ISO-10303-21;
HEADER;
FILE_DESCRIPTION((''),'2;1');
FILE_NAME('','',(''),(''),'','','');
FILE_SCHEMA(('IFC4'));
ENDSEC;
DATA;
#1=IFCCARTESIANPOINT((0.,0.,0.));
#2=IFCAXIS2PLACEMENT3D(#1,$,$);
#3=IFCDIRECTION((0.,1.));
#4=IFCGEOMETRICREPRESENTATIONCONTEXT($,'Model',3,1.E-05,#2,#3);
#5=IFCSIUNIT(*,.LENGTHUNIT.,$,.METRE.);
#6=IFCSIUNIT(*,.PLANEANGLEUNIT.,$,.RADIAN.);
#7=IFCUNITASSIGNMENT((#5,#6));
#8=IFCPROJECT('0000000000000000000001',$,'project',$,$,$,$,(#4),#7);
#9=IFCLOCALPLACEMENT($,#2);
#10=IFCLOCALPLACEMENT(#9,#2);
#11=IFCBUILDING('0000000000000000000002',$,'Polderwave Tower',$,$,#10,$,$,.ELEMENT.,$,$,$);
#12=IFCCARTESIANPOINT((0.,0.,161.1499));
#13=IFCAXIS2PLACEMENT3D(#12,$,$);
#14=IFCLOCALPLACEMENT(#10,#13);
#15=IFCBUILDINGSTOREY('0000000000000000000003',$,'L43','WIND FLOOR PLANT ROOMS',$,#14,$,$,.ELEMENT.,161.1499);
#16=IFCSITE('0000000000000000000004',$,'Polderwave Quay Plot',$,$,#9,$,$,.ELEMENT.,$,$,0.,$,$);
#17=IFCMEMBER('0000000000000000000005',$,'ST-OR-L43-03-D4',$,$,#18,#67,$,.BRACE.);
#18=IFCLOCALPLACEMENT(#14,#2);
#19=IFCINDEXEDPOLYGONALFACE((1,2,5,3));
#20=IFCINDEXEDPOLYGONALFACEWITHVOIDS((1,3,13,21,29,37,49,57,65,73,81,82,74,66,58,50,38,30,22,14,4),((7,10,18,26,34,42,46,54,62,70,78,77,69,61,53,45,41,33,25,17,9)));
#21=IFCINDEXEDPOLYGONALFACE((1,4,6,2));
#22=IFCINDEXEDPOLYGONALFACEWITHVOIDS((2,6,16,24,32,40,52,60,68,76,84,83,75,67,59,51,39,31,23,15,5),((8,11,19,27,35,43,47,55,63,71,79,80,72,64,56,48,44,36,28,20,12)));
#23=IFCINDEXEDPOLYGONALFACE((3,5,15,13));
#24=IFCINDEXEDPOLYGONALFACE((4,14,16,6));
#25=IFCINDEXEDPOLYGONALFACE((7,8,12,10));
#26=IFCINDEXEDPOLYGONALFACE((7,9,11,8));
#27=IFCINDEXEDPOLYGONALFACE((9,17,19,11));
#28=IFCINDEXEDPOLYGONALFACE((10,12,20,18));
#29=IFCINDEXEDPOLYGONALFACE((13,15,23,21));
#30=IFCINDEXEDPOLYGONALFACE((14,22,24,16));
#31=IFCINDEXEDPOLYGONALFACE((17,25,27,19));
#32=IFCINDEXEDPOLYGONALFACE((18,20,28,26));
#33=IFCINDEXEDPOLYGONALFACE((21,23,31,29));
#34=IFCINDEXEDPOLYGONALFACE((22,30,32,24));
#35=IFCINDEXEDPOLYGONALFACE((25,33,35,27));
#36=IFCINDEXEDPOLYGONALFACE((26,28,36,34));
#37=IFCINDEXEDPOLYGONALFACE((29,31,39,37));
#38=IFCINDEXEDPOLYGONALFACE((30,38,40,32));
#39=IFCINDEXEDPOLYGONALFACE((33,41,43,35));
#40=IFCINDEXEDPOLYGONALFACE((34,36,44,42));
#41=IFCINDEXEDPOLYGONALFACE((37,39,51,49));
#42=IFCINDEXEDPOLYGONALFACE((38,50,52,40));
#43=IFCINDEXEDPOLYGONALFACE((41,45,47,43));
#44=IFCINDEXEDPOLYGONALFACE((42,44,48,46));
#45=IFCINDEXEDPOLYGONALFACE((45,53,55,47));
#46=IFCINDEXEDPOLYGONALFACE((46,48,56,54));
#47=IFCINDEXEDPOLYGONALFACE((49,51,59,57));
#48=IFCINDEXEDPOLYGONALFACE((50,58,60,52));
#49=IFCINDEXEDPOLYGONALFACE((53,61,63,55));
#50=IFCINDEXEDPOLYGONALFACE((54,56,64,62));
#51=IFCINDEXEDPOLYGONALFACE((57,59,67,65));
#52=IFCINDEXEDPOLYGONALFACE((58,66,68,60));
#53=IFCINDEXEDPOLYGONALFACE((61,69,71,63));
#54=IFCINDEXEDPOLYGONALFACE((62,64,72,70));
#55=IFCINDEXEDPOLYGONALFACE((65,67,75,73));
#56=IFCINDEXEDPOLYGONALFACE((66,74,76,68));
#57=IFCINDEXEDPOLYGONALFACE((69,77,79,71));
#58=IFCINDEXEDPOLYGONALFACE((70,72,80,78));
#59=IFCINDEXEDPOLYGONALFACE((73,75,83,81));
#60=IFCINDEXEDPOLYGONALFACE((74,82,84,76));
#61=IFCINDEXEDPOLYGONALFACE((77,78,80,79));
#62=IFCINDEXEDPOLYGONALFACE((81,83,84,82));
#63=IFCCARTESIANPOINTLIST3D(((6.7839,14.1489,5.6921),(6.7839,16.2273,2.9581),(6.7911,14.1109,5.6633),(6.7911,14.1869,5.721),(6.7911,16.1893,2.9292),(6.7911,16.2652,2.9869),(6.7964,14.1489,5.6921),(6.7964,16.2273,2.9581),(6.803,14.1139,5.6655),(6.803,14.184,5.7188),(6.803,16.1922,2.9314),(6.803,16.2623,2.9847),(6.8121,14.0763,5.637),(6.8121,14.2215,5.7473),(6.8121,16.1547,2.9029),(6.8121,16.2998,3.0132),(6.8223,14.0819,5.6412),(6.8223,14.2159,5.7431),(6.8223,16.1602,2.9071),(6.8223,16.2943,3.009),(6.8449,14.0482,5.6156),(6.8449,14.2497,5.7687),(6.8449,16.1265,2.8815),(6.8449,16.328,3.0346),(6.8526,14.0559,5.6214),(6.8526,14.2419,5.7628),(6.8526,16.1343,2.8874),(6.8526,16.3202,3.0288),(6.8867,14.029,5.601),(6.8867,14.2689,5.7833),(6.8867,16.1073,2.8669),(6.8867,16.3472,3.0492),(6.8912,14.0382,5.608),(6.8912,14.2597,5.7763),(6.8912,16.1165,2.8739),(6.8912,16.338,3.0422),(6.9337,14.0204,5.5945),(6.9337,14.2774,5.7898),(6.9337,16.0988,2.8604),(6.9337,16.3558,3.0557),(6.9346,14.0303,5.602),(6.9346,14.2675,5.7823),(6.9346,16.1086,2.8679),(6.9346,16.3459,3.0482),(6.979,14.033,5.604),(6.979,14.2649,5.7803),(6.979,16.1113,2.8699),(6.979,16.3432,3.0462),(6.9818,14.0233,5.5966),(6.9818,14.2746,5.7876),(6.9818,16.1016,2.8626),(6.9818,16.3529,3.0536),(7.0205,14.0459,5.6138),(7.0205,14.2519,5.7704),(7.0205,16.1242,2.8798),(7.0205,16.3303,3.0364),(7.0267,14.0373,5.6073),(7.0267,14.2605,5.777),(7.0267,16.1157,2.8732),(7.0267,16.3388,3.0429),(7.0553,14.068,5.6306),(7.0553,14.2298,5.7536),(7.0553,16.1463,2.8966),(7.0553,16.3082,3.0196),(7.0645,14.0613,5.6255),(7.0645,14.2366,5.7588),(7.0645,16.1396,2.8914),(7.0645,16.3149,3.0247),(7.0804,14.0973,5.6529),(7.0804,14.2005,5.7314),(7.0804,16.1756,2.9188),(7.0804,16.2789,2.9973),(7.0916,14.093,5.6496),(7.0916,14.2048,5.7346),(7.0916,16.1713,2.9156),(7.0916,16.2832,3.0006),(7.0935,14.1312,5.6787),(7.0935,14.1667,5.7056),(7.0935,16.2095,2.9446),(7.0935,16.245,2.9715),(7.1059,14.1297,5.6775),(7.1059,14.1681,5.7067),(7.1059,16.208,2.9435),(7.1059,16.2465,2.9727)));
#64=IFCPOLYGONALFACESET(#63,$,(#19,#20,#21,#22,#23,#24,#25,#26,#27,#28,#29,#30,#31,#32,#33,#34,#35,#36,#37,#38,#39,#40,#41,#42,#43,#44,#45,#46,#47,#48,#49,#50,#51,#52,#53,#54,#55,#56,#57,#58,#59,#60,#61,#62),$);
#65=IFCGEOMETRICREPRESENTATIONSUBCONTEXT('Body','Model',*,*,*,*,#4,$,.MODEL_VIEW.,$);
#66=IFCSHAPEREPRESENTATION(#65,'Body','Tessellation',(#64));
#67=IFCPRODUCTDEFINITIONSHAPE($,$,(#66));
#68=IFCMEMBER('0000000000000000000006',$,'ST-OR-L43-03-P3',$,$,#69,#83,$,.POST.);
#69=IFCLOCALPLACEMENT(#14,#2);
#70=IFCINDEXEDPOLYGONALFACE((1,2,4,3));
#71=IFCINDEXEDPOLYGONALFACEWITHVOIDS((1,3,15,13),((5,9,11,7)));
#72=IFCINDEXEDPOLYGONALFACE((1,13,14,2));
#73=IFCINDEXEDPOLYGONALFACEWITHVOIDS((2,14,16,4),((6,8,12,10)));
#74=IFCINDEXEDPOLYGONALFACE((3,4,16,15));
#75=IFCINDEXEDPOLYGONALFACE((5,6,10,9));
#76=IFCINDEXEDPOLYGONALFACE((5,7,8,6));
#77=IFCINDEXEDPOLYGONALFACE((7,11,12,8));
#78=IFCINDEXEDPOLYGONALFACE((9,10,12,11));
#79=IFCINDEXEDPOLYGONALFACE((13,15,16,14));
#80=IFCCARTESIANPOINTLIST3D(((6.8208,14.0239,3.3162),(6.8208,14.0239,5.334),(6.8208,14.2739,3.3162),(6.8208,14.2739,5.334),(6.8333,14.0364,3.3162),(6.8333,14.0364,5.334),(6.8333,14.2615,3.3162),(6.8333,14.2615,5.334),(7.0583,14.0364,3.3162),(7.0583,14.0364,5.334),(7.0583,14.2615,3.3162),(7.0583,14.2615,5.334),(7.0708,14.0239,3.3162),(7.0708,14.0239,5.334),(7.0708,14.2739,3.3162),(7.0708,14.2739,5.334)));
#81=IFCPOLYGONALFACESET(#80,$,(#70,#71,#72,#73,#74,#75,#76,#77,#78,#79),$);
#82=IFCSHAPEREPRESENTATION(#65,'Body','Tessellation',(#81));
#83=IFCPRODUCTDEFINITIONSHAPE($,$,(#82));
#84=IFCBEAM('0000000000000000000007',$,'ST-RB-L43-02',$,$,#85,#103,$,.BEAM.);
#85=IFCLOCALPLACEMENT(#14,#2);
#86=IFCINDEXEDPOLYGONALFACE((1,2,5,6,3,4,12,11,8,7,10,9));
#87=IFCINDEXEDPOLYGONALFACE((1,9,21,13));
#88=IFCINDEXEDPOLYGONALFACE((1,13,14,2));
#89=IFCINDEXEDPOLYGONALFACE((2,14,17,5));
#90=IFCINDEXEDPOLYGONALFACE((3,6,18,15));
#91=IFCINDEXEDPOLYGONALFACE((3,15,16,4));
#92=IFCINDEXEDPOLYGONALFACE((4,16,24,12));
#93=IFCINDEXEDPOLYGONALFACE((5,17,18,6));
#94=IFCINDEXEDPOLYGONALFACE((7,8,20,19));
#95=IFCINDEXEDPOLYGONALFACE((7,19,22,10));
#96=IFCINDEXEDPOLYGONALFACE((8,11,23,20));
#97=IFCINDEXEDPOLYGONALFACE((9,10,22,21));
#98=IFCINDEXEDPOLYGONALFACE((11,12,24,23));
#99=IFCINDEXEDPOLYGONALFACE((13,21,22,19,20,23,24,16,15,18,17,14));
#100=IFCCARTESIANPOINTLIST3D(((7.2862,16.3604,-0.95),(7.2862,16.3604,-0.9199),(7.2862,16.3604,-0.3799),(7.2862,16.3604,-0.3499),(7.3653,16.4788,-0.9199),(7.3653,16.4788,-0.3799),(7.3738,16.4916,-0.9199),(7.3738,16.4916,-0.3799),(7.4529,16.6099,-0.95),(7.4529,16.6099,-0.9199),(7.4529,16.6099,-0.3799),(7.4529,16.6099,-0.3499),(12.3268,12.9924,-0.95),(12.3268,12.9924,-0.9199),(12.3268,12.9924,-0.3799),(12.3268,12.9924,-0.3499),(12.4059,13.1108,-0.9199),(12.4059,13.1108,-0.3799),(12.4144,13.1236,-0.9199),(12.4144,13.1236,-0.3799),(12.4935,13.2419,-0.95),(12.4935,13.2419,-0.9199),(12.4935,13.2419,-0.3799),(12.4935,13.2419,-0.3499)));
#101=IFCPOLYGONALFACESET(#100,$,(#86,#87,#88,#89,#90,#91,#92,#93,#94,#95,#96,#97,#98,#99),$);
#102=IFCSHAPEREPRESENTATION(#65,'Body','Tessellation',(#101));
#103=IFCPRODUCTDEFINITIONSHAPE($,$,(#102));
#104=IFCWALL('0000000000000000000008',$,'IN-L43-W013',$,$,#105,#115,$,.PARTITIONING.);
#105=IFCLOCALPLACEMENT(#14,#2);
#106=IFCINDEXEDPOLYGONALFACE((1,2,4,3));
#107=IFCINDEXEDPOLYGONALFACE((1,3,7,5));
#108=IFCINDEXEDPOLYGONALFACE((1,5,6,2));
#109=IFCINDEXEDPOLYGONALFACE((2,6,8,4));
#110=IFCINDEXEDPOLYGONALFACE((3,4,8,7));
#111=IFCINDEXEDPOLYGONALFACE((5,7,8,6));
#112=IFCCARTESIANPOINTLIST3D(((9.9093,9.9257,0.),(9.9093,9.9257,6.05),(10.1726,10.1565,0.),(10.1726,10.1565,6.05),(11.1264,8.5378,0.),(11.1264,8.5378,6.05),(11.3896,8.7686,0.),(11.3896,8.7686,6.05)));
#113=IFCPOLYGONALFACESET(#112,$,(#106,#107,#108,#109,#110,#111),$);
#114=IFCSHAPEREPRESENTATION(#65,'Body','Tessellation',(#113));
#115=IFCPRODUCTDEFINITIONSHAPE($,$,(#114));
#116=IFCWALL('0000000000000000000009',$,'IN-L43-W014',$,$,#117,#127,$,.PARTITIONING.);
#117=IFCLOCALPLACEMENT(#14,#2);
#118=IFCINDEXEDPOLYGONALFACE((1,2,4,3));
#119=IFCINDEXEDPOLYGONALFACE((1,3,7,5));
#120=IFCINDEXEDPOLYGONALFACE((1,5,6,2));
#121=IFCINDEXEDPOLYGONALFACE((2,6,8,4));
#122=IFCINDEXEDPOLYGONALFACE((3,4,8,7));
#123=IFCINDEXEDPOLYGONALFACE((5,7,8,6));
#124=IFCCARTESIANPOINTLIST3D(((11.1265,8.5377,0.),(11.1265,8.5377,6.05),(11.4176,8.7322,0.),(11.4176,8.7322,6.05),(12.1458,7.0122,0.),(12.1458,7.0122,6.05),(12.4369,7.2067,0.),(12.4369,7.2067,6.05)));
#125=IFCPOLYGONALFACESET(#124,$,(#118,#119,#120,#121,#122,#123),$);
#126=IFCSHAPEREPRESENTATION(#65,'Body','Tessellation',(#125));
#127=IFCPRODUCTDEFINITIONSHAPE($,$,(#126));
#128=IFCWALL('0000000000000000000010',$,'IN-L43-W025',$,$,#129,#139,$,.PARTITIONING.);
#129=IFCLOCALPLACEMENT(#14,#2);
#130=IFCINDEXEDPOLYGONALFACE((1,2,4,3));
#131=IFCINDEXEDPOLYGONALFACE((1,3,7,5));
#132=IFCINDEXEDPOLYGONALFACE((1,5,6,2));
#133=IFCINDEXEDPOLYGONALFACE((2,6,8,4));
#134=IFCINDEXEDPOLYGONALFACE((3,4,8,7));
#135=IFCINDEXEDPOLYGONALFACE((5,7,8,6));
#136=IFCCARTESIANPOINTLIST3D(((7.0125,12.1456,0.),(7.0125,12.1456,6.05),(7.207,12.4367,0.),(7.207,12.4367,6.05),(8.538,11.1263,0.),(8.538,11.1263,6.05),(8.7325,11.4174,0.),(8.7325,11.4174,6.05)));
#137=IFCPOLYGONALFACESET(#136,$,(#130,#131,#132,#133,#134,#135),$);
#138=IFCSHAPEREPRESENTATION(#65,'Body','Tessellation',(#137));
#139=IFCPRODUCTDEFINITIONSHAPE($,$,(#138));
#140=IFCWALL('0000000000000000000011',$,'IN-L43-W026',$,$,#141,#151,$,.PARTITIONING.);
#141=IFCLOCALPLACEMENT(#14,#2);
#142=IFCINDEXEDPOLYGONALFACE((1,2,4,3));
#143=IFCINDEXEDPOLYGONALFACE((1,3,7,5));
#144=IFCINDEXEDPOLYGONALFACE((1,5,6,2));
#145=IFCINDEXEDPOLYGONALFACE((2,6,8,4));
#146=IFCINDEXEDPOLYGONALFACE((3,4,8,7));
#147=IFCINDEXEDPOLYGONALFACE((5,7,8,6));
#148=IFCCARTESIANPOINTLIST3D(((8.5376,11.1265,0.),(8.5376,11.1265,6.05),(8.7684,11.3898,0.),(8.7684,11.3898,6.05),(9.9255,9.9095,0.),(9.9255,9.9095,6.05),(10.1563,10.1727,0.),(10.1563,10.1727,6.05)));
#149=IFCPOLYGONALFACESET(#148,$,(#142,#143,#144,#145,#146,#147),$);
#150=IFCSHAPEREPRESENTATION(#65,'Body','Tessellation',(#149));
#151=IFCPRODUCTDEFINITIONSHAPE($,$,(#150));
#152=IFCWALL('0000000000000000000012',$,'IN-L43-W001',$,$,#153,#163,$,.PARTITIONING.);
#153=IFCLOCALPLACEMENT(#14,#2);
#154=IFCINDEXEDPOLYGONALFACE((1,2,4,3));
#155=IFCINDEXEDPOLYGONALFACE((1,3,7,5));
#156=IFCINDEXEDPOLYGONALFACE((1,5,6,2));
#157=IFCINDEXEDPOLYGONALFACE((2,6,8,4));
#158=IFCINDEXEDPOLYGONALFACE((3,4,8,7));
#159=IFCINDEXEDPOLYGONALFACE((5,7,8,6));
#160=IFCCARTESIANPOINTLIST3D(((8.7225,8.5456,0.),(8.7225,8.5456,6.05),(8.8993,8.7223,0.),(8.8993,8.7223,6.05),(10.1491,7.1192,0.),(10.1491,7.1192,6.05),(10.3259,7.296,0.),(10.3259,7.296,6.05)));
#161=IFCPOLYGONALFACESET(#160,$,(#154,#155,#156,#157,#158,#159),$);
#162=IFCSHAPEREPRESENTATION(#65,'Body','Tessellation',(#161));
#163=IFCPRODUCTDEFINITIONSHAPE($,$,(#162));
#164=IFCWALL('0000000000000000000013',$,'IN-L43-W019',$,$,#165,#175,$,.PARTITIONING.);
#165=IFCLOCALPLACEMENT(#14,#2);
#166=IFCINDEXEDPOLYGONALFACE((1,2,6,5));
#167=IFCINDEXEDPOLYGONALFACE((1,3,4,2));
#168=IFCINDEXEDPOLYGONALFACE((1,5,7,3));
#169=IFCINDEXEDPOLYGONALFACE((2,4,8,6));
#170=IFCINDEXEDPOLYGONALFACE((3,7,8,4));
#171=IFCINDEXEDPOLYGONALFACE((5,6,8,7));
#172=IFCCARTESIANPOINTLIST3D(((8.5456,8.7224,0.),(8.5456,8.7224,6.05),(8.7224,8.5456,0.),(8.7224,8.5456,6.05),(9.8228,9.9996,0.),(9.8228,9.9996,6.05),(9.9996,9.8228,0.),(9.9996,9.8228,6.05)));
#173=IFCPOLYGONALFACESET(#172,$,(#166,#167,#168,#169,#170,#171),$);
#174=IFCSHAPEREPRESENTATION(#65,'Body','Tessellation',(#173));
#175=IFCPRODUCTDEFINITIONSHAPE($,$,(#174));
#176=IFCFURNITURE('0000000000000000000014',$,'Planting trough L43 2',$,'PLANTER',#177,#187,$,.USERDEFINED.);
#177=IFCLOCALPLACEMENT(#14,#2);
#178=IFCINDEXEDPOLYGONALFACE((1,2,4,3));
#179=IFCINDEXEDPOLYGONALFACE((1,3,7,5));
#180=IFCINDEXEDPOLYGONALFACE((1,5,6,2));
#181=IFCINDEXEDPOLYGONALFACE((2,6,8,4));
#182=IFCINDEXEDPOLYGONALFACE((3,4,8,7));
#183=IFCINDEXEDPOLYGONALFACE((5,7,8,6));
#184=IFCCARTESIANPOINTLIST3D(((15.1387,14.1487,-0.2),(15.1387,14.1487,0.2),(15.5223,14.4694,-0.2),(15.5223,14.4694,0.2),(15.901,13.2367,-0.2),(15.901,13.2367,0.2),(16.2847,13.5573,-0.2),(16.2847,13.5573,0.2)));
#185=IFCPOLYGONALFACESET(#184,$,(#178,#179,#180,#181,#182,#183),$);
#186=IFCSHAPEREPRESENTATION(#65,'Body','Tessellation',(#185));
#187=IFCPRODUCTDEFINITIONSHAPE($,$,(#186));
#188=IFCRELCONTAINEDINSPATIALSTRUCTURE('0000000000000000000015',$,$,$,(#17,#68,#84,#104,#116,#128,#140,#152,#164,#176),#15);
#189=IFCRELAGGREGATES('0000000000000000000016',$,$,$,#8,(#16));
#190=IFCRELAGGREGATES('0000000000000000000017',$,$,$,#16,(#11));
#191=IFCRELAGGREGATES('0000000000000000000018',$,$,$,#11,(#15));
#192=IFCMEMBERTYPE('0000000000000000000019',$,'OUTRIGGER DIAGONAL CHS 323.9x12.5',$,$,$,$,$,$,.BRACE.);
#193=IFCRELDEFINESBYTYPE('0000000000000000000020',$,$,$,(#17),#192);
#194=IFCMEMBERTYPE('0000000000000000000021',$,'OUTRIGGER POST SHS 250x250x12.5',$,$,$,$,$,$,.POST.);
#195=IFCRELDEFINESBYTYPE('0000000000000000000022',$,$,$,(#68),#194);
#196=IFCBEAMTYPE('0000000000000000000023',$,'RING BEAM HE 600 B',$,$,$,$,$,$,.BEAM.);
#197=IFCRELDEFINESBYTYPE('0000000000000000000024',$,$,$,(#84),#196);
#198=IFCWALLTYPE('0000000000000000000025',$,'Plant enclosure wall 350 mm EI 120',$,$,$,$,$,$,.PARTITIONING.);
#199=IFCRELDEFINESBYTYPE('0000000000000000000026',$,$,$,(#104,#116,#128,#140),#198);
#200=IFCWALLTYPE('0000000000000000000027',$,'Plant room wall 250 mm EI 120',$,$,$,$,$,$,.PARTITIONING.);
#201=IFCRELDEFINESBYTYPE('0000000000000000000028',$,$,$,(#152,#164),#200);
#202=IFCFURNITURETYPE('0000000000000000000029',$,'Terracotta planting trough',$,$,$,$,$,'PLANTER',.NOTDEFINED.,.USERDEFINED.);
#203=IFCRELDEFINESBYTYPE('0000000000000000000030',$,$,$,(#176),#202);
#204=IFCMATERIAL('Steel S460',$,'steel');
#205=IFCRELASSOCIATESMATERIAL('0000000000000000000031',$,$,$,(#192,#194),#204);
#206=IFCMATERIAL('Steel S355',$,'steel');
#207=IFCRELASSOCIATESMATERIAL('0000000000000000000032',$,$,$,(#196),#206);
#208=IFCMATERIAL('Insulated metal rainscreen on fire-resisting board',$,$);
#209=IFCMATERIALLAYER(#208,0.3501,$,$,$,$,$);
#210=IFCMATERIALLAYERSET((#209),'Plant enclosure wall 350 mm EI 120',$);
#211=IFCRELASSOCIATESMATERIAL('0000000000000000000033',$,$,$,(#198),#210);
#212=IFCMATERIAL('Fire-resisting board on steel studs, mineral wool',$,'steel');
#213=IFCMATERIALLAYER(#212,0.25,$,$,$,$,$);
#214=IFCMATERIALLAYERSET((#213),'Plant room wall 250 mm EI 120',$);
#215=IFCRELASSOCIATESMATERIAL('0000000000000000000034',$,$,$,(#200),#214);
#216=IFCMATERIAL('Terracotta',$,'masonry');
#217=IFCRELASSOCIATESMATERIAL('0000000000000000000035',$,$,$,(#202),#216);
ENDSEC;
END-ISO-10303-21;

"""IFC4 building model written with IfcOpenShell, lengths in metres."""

from ifc_helpers import new_model, si_unit, direction, frame, frame_2d, origin, origin_2d, place, context, subcontext, project, spatial, rectangle, hollow_rectangle, hollow_circle, i_section, extrude, material, layer, layer_set, material_profile, profile_set, type_object, element, save


model = new_model("IFC4")

# Units and contexts
model_context = context("Model", 3, precision=1e-05, world=origin(), true_north=direction((0.0, 1.0)))
body_context = subcontext(model_context, "Body", "Model", "MODEL_VIEW")
ifc_project = project(units=[si_unit("LENGTHUNIT", "METRE"), si_unit("PLANEANGLEUNIT", "RADIAN")], contexts=[model_context])

# Site, building, storey
site_placement = place(None, origin())
site = spatial("IfcSite", under=ifc_project, at=site_placement, Name="Polderwave Quay Plot", CompositionType="ELEMENT", RefElevation=0.0)
building_placement = place(site_placement, origin())
building = spatial("IfcBuilding", under=site, at=building_placement, Name="Polderwave Tower", CompositionType="ELEMENT")
storey_placement = place(building_placement, frame((0.0, 0.0, 161.1499)))
storey = spatial("IfcBuildingStorey", under=building, at=storey_placement, Name="L43", Description="WIND FLOOR PLANT ROOMS", CompositionType="ELEMENT", Elevation=161.1499)

# Members
ifc_material_1 = material(Name="Steel S460", Category="steel")
ifc_material_profile_1 = material_profile(ifc_material_1, hollow_circle(Radius=0.1619, WallThickness=0.0125, at=origin_2d()), Name="CHS 323.9x12.5")
ifc_profile_set_1 = profile_set([ifc_material_profile_1], Name="Steel S460")
member_type_1 = type_object("IfcMemberType", Name="OUTRIGGER DIAGONAL CHS 323.9x12.5", PredefinedType="BRACE", material=ifc_profile_set_1)
member_1_placement = place(storey_placement, frame((6.9458, 14.1489, 5.6921), z_axis=(0.0, 0.605163, -0.796102), x_axis=(-1.0, 0.0, 0.0)))
element("IfcMember", 1, at=member_1_placement, inside=storey, type_object=member_type_1, Name="ST-OR-L43-03-D4", PredefinedType="BRACE", context=body_context, shape_type="SweptSolid", body=[
    extrude(hollow_circle(Radius=0.1619, WallThickness=0.0125, at=origin_2d()), origin(), (0.0, 0.0, 1.0), 3.4343),
])
ifc_material_profile_2 = material_profile(ifc_material_1, hollow_rectangle(XDim=0.25, YDim=0.25, WallThickness=0.0125, at=origin_2d()), Name="SHS 250x250x12.5")
ifc_profile_set_2 = profile_set([ifc_material_profile_2], Name="Steel S460")
member_type_2 = type_object("IfcMemberType", Name="OUTRIGGER POST SHS 250x250x12.5", PredefinedType="POST", material=ifc_profile_set_2)
member_2_placement = place(storey_placement, frame((6.9458, 14.1489, 3.3162), z_axis=(0.0, 0.0, 1.0), x_axis=(1.0, 0.0, 0.0)))
element("IfcMember", 2, at=member_2_placement, inside=storey, type_object=member_type_2, Name="ST-OR-L43-03-P3", PredefinedType="POST", context=body_context, shape_type="SweptSolid", body=[
    extrude(hollow_rectangle(XDim=0.25, YDim=0.25, WallThickness=0.0125, at=origin_2d()), origin(), (0.0, 0.0, 1.0), 2.0178),
])

# Beam
ifc_material_2 = material(Name="Steel S355", Category="steel")
ifc_material_profile_3 = material_profile(ifc_material_2, i_section(OverallWidth=0.3, OverallDepth=0.6001, WebThickness=0.0154, FlangeThickness=0.03, at=origin_2d()), Name="HE 600 B")
ifc_profile_set_3 = profile_set([ifc_material_profile_3], Name="Steel S355")
beam_type = type_object("IfcBeamType", Name="RING BEAM HE 600 B", PredefinedType="BEAM", material=ifc_profile_set_3)
beam_placement = place(storey_placement, frame((12.4102, 13.1172, -0.6499), z_axis=(-0.831474, 0.555564, 0.0), x_axis=(-0.555564, -0.831474, 0.0)))
element("IfcBeam", 3, at=beam_placement, inside=storey, type_object=beam_type, Name="ST-RB-L43-02", PredefinedType="BEAM", context=body_context, shape_type="SweptSolid", body=[
    extrude(i_section(OverallWidth=0.3, OverallDepth=0.6001, WebThickness=0.0154, FlangeThickness=0.03, at=origin_2d()), origin(), (0.0, 0.0, 1.0), 6.0623),
])

# Walls
ifc_material_3 = material(Name="Insulated metal rainscreen on fire-resisting board")
ifc_layer_1 = layer(ifc_material_3, 0.3501)
ifc_layer_set_1 = layer_set([ifc_layer_1], Name="Plant enclosure wall 350 mm EI 120")
wall_type_1 = type_object("IfcWallType", Name="Plant enclosure wall 350 mm EI 120", PredefinedType="PARTITIONING", material=ifc_layer_set_1)
wall_1_placement = place(storey_placement, frame((10.041, 10.041, 0.0), z_axis=(0.0, 0.0, 1.0), x_axis=(0.6593, -0.75188, 0.0)))
element("IfcWall", 4, at=wall_1_placement, inside=storey, type_object=wall_type_1, Name="IN-L43-W013", PredefinedType="PARTITIONING", context=body_context, shape_type="SweptSolid", body=[
    extrude(rectangle(XDim=1.8459, YDim=0.3501, at=frame_2d((0.9229, 0.0))), origin(), (0.0, 0.0, 1.0), 6.05),
])
for number, where, z_axis, x_axis, name in (
    (5, (11.272, 8.635, 0.0), (0.0, 0.0, 1.0), (0.55559, -0.831456, 0.0), "IN-L43-W014"),
    (6, (7.1096, 12.2913, 0.0), (0.0, 0.0, 1.0), (0.831456, -0.55559, 0.0), "IN-L43-W025"),
):
    element("IfcWall", number, at=place(storey_placement, frame(where, z_axis=z_axis, x_axis=x_axis)), inside=storey, type_object=wall_type_1, Name=name, PredefinedType="PARTITIONING", context=body_context, shape_type="SweptSolid", body=[
        extrude(rectangle(XDim=1.8347, YDim=0.3501, at=frame_2d((0.9175, 0.0))), origin(), (0.0, 0.0, 1.0), 6.05),
    ])
wall_2_placement = place(storey_placement, frame((8.6531, 11.2581, 0.0), z_axis=(0.0, 0.0, 1.0), x_axis=(0.75188, -0.6593, 0.0)))
element("IfcWall", 7, at=wall_2_placement, inside=storey, type_object=wall_type_1, Name="IN-L43-W026", PredefinedType="PARTITIONING", context=body_context, shape_type="SweptSolid", body=[
    extrude(rectangle(XDim=1.8459, YDim=0.3501, at=frame_2d((0.9229, 0.0))), origin(), (0.0, 0.0, 1.0), 6.05),
])
ifc_material_4 = material(Name="Fire-resisting board on steel studs, mineral wool", Category="steel")
ifc_layer_2 = layer(ifc_material_4, 0.25)
ifc_layer_set_2 = layer_set([ifc_layer_2], Name="Plant room wall 250 mm EI 120")
wall_type_2 = type_object("IfcWallType", Name="Plant room wall 250 mm EI 120", PredefinedType="PARTITIONING", material=ifc_layer_set_2)
wall_3_placement = place(storey_placement, frame((8.8108, 8.634, 0.0), z_axis=(0.0, 0.0, 1.0), x_axis=(0.707167, -0.707046, 0.0)))
element("IfcWall", 8, at=wall_3_placement, inside=storey, type_object=wall_type_2, Name="IN-L43-W001", PredefinedType="PARTITIONING", context=body_context, shape_type="SweptSolid", body=[
    extrude(rectangle(XDim=2.0173, YDim=0.25, at=frame_2d((1.0088, 0.0))), origin(), (0.0, 0.0, 1.0), 6.05),
])
wall_4_placement = place(storey_placement, frame((8.634, 8.634, 0.0), z_axis=(0.0, 0.0, 1.0), x_axis=(0.707107, 0.707107, 0.0)))
element("IfcWall", 9, at=wall_4_placement, inside=storey, type_object=wall_type_2, Name="IN-L43-W019", PredefinedType="PARTITIONING", context=body_context, shape_type="SweptSolid", body=[
    extrude(rectangle(XDim=1.8062, YDim=0.25, at=frame_2d((0.9031, 0.0))), origin(), (0.0, 0.0, 1.0), 6.05),
])

# Furniture
ifc_material_5 = material(Name="Terracotta", Category="masonry")
furniture_type = type_object("IfcFurnitureType", Name="Terracotta planting trough", ElementType="PLANTER", AssemblyPlace="NOTDEFINED", PredefinedType="USERDEFINED", material=ifc_material_5)
furniture_placement = place(storey_placement, frame((15.7117, 13.853, -0.2), z_axis=(0.0, 0.0, 1.0), x_axis=(-0.641304, 0.767287, 0.0)))
element("IfcFurniture", 10, at=furniture_placement, inside=storey, type_object=furniture_type, Name="Planting trough L43 2", ObjectType="PLANTER", PredefinedType="USERDEFINED", context=body_context, shape_type="SweptSolid", body=[
    extrude(rectangle(XDim=1.1887, YDim=0.5, at=origin_2d()), origin(), (0.0, 0.0, 1.0), 0.3999),
])

save(model, "model.ifc")
